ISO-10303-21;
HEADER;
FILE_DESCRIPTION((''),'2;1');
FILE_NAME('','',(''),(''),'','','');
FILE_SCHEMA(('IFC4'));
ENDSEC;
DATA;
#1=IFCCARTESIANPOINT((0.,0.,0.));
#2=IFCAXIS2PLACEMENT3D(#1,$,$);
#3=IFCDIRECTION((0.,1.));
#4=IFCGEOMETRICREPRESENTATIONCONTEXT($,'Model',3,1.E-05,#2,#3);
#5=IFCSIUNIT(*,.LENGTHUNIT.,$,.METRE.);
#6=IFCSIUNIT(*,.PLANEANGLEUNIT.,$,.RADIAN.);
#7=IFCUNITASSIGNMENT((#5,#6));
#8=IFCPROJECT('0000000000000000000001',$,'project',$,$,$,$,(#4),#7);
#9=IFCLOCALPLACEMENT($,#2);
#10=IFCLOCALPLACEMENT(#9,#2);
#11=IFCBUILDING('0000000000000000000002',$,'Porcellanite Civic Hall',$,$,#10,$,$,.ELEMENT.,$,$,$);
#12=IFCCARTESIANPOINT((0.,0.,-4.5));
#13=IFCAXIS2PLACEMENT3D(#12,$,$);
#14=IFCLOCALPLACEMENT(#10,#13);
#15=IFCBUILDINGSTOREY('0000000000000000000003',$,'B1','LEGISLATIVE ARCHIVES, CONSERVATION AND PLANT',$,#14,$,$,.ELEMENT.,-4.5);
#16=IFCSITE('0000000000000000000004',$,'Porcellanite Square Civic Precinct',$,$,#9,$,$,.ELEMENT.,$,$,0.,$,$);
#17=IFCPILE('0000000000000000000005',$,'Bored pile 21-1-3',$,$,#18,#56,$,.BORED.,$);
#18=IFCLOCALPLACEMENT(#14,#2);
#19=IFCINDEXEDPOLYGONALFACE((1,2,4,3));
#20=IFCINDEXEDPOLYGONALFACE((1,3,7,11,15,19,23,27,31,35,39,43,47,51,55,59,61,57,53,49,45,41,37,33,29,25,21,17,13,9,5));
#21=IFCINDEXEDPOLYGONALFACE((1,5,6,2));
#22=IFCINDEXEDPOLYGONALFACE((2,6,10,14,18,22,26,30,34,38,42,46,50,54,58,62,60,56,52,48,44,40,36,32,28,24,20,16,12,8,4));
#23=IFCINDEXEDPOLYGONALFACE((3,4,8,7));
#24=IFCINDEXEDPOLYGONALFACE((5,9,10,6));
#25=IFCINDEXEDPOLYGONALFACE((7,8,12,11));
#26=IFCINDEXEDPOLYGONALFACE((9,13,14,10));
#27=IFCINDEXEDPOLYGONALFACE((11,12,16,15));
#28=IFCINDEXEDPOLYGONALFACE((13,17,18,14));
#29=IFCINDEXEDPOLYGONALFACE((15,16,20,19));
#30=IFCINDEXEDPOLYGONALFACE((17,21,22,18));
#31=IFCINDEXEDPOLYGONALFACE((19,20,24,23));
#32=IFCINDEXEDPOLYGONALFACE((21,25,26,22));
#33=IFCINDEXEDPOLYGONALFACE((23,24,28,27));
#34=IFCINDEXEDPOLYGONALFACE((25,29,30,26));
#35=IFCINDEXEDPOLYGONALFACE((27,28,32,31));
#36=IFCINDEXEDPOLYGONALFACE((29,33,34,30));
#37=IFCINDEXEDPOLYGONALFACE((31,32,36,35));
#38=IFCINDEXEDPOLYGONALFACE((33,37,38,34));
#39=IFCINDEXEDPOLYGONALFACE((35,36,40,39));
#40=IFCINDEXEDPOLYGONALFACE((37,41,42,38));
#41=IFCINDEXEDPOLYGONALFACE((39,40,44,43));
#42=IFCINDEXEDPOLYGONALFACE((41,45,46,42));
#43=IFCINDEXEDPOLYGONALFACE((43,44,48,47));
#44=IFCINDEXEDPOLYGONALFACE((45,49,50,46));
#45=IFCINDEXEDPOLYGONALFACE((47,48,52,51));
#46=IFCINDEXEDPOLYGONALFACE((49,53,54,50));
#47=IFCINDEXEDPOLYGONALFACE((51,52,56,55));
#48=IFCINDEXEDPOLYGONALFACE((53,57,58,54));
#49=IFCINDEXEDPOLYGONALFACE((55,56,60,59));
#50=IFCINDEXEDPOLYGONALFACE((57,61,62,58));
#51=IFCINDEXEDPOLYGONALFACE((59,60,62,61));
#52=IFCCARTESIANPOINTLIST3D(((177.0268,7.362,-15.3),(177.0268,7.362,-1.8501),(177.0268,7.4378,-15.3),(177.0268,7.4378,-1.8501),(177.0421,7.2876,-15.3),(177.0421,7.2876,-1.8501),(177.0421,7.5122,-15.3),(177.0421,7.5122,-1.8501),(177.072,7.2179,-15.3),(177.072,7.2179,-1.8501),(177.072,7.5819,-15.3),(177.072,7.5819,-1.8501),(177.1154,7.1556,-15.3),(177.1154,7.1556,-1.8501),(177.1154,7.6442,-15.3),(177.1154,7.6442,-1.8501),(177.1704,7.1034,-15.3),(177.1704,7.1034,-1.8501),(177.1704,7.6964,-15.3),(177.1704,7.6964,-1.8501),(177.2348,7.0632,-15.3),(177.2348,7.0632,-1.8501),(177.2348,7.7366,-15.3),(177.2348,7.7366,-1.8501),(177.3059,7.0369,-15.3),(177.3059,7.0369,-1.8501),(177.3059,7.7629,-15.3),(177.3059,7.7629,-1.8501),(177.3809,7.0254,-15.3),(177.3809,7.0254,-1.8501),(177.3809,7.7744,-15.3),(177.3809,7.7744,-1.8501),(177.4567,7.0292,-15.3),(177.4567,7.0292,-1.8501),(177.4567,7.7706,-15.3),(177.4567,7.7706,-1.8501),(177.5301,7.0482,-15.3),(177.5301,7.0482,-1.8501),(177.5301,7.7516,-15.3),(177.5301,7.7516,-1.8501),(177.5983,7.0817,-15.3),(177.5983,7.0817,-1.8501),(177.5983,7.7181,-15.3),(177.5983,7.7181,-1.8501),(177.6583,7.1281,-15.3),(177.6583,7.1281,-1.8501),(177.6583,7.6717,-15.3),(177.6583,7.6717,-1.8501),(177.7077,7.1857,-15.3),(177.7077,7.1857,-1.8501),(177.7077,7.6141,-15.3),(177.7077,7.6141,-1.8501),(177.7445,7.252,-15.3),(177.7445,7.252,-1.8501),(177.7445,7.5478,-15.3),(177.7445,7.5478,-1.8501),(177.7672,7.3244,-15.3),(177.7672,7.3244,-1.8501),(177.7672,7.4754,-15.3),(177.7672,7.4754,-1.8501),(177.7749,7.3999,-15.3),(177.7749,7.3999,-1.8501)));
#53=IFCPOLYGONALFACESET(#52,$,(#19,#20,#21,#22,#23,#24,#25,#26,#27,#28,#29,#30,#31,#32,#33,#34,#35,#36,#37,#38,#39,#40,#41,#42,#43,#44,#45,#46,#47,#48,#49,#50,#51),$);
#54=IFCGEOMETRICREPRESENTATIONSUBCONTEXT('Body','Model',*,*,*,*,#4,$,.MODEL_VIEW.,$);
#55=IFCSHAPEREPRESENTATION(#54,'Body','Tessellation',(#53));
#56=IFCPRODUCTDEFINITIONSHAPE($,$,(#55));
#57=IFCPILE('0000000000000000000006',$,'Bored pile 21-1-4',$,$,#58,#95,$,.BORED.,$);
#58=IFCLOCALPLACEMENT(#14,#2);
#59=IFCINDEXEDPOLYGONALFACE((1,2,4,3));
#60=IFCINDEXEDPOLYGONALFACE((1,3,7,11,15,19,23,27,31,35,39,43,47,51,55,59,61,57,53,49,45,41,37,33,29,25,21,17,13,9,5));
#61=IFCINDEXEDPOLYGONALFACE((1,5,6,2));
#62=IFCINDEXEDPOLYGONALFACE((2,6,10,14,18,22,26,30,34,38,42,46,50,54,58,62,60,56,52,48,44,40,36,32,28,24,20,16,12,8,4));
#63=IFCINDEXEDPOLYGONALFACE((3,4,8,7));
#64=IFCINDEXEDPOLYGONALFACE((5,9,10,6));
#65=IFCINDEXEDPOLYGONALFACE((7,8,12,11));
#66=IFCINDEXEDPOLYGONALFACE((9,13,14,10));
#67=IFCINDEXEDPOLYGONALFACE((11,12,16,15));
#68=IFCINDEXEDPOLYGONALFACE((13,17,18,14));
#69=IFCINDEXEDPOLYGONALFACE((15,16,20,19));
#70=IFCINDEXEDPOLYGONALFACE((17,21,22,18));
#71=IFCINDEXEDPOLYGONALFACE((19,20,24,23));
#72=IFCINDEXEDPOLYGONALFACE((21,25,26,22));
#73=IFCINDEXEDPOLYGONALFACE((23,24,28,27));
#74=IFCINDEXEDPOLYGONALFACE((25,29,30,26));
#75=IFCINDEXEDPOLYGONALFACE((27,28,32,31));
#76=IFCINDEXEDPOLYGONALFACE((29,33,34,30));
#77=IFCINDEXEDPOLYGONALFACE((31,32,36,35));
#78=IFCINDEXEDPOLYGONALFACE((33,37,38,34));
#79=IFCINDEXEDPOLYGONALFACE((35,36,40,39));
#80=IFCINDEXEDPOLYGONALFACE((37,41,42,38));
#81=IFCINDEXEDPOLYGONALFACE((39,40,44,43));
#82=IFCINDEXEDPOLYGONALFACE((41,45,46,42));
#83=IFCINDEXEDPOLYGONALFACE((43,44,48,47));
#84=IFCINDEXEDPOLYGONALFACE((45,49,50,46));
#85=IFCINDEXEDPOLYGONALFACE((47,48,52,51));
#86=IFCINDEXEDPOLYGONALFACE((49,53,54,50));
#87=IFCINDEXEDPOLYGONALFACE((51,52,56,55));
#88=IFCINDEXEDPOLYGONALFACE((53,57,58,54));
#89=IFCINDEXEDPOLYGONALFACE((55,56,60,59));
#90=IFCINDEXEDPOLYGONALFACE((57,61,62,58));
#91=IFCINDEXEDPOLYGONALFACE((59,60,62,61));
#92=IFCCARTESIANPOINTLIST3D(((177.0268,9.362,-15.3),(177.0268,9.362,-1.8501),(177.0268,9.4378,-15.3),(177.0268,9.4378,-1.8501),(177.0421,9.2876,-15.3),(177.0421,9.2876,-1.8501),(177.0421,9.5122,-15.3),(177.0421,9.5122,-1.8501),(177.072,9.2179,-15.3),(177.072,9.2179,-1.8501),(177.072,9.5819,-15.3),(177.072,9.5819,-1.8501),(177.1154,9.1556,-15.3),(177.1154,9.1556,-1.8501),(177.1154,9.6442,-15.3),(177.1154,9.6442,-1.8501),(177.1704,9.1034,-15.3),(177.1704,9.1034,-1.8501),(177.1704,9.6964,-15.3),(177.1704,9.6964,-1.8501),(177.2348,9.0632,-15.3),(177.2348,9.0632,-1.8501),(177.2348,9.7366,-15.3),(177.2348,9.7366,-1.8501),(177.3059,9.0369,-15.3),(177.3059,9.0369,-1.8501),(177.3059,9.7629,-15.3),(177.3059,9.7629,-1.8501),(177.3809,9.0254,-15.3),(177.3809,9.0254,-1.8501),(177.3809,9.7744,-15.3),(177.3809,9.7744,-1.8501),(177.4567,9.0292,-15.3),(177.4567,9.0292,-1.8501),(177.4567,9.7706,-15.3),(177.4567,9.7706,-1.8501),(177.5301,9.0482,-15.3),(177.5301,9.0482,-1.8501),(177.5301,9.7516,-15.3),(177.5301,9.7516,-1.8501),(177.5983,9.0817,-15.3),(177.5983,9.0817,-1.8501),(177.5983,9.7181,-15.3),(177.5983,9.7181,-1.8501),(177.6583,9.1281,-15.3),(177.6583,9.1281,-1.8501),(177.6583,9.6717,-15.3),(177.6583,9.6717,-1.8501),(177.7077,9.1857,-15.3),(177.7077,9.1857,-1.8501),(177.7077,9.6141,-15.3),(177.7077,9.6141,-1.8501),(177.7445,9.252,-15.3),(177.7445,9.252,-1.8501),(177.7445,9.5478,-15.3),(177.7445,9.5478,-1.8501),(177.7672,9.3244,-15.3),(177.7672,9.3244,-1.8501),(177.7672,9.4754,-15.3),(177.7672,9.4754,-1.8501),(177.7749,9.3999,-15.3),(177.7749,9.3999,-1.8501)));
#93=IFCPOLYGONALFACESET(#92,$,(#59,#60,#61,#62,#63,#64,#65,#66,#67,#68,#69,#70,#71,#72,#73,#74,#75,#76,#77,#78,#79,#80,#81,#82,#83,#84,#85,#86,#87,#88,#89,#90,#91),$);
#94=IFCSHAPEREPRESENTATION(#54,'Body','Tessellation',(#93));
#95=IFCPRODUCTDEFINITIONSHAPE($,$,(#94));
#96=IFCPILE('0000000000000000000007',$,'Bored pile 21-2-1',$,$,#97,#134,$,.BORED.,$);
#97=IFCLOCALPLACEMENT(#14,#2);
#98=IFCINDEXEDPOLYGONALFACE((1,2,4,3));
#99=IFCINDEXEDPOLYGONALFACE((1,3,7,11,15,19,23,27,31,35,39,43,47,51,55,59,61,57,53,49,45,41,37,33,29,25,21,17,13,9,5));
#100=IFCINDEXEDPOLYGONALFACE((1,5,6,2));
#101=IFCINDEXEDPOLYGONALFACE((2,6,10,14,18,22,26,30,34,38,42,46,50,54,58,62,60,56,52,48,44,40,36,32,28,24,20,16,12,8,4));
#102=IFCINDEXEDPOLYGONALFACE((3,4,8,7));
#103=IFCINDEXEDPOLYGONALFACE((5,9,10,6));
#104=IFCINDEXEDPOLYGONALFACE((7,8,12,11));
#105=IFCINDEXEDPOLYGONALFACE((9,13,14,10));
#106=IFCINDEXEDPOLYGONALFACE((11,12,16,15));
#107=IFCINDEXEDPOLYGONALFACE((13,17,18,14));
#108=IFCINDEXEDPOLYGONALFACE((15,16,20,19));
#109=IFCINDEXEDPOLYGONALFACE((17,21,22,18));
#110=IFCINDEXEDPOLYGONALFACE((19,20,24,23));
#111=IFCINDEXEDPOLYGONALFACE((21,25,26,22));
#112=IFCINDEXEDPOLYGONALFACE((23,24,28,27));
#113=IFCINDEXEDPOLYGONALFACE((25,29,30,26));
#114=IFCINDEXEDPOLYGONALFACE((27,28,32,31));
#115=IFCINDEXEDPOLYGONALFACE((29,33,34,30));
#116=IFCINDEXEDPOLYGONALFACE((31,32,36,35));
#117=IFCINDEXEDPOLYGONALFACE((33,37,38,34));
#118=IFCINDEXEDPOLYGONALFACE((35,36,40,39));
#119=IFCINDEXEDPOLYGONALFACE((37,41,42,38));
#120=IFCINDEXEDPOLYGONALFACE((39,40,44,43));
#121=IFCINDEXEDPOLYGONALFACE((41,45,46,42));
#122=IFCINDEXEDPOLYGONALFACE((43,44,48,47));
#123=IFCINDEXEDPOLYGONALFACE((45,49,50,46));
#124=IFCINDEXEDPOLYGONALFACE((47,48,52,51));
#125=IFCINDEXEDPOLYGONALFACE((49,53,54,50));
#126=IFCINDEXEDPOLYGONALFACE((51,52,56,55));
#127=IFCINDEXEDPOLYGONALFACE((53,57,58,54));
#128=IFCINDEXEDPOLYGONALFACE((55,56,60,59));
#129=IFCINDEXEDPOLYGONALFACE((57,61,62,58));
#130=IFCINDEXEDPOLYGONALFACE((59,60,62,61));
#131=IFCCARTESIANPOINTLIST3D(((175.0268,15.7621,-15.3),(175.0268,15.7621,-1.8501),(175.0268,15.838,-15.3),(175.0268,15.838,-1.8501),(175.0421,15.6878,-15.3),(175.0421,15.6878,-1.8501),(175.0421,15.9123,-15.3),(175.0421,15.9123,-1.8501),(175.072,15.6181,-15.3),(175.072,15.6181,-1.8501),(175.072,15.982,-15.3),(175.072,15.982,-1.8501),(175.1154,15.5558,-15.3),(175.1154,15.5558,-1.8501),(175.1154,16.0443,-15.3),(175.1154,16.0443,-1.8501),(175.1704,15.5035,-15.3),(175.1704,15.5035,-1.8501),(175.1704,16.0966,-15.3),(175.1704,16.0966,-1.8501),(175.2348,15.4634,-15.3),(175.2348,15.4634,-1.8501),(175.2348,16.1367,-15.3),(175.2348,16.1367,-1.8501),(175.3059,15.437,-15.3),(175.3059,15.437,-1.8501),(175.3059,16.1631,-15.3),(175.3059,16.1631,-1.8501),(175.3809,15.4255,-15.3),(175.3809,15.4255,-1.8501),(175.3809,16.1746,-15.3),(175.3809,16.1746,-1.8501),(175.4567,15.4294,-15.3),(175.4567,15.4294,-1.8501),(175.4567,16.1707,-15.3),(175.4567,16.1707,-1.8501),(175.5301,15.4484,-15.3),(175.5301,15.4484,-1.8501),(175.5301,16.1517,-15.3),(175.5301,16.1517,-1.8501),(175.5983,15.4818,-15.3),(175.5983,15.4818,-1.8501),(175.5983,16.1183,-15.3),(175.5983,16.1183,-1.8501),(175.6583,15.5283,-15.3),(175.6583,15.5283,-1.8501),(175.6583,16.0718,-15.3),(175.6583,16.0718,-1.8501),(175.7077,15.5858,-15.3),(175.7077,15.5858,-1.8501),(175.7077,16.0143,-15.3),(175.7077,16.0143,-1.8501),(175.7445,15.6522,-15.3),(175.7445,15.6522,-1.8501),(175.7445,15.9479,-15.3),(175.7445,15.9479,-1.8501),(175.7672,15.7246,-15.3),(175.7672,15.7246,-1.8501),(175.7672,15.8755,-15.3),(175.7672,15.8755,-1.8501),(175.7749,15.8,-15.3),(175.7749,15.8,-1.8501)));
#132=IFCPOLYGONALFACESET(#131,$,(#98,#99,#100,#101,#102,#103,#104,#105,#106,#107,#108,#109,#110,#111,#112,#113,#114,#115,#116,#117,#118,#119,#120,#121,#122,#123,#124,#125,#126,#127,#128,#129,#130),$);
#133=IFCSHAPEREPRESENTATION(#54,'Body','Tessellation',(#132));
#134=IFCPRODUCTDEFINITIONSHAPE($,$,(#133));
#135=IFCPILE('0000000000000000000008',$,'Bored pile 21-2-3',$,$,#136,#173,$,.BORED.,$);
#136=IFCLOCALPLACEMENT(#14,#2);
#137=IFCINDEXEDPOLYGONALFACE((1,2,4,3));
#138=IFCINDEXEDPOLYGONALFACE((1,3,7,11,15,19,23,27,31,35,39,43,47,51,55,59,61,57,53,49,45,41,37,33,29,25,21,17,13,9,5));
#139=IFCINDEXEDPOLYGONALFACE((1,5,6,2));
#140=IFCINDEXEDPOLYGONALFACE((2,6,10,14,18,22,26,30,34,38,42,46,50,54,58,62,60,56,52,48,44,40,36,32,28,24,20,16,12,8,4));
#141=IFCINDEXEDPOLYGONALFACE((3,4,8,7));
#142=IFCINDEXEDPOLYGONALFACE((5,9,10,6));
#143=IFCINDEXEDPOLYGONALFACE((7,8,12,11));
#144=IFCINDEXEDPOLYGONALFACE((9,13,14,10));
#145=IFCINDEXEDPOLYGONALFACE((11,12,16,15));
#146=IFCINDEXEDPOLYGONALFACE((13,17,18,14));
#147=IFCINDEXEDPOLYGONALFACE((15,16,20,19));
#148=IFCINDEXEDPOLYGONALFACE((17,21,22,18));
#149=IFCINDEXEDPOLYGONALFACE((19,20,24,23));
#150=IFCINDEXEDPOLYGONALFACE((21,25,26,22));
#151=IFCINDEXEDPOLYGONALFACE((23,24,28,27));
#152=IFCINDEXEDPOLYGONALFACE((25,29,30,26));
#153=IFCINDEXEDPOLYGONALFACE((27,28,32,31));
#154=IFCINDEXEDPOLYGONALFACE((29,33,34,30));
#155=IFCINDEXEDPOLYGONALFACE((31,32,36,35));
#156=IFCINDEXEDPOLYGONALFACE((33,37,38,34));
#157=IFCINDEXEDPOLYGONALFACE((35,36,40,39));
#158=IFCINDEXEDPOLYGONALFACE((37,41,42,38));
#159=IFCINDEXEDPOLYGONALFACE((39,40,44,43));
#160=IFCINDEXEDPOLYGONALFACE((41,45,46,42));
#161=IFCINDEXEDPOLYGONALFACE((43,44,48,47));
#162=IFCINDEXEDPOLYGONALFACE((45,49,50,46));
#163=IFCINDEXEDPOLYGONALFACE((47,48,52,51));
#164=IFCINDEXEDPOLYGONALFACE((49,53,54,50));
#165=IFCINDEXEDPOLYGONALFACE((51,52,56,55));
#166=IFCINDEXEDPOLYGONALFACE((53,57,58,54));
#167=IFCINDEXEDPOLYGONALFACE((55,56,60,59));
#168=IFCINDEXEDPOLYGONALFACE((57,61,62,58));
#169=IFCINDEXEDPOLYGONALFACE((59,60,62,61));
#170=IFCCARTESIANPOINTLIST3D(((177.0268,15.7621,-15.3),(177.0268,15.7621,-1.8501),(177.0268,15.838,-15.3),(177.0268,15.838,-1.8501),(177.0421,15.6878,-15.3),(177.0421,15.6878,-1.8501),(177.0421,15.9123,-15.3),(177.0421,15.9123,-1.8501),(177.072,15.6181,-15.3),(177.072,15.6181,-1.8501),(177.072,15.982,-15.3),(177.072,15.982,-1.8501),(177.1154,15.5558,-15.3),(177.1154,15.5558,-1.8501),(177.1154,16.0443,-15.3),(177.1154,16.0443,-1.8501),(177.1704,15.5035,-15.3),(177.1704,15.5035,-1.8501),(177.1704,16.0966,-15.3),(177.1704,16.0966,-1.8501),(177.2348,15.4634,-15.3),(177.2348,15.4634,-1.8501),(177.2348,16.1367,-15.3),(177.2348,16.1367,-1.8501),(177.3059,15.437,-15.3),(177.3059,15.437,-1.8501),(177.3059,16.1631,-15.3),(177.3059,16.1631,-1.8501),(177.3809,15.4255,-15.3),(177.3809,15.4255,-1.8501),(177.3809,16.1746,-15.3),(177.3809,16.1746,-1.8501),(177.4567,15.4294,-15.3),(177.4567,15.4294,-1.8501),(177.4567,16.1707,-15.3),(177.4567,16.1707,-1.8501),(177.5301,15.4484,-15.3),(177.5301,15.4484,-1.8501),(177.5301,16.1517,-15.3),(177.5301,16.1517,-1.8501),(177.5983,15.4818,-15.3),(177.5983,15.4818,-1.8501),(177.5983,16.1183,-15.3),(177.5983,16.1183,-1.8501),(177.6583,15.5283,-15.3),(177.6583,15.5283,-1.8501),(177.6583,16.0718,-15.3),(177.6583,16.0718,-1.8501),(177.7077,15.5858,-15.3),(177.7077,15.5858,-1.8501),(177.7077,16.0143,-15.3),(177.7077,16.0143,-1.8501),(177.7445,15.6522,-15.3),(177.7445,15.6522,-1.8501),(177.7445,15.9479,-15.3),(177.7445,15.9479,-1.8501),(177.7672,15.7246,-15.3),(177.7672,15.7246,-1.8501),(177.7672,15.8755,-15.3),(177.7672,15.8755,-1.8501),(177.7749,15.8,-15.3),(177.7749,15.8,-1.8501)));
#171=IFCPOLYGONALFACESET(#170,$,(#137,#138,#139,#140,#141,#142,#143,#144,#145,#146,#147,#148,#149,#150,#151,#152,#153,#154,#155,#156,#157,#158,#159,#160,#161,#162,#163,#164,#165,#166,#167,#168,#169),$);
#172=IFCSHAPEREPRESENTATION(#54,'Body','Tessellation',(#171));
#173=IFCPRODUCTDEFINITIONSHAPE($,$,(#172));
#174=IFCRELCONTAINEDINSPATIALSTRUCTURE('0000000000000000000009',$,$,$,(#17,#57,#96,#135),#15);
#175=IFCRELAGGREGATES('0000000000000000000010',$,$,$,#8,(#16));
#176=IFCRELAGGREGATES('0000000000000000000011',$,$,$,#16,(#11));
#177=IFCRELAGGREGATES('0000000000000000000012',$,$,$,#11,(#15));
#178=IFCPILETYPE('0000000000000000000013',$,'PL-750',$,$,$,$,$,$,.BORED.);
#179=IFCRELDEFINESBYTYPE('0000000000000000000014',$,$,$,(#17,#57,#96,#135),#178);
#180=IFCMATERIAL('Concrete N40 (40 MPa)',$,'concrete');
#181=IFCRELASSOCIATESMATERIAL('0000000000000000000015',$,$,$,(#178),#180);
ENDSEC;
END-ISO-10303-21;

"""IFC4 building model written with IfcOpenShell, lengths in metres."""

from ifc_helpers import new_model, si_unit, direction, frame, origin, origin_2d, place, context, subcontext, project, spatial, circle, extrude, material, material_profile, profile_set, type_object, element, save


model = new_model("IFC4")

# Units and contexts
model_context = context("Model", 3, precision=1e-05, world=origin(), true_north=direction((0.0, 1.0)))
body_context = subcontext(model_context, "Body", "Model", "MODEL_VIEW")
ifc_project = project(units=[si_unit("LENGTHUNIT", "METRE"), si_unit("PLANEANGLEUNIT", "RADIAN")], contexts=[model_context])

# Site, building, storey
site_placement = place(None, origin())
site = spatial("IfcSite", under=ifc_project, at=site_placement, Name="Porcellanite Square Civic Precinct", CompositionType="ELEMENT", RefElevation=0.0)
building_placement = place(site_placement, origin())
building = spatial("IfcBuilding", under=site, at=building_placement, Name="Porcellanite Civic Hall", CompositionType="ELEMENT")
storey_placement = place(building_placement, frame((0.0, 0.0, -4.5)))
storey = spatial("IfcBuildingStorey", under=building, at=storey_placement, Name="B1", Description="LEGISLATIVE ARCHIVES, CONSERVATION AND PLANT", CompositionType="ELEMENT", Elevation=-4.5)

# Piles
ifc_material_1 = material(Name="Concrete N40 (40 MPa)", Category="concrete")
ifc_material_profile_1 = material_profile(ifc_material_1, circle(Radius=0.375, at=origin_2d()), Name="PILE-D750")
ifc_profile_set_1 = profile_set([ifc_material_profile_1], Name="Concrete N40 (40 MPa)")
pile_type_1 = type_object("IfcPileType", Name="PL-750", PredefinedType="BORED", material=ifc_profile_set_1)
for number, where, z_axis, x_axis, name in (
    (1, (177.3999, 7.3999, -1.8501), (0.0, 0.0, -1.0), (1.0, 0.0, 0.0), "Bored pile 21-1-3"),
    (2, (177.3999, 9.3999, -1.8501), (0.0, 0.0, -1.0), (1.0, 0.0, 0.0), "Bored pile 21-1-4"),
    (3, (175.3999, 15.8, -1.8501), (0.0, 0.0, -1.0), (1.0, 0.0, 0.0), "Bored pile 21-2-1"),
    (4, (177.3999, 15.8, -1.8501), (0.0, 0.0, -1.0), (1.0, 0.0, 0.0), "Bored pile 21-2-3"),
):
    element("IfcPile", number, at=place(storey_placement, frame(where, z_axis=z_axis, x_axis=x_axis)), inside=storey, type_object=pile_type_1, Name=name, PredefinedType="BORED", context=body_context, shape_type="SweptSolid", body=[
        extrude(circle(Radius=0.375, at=origin_2d()), origin(), (0.0, 0.0, 1.0), 13.45),
    ])

save(model, "model.ifc")
